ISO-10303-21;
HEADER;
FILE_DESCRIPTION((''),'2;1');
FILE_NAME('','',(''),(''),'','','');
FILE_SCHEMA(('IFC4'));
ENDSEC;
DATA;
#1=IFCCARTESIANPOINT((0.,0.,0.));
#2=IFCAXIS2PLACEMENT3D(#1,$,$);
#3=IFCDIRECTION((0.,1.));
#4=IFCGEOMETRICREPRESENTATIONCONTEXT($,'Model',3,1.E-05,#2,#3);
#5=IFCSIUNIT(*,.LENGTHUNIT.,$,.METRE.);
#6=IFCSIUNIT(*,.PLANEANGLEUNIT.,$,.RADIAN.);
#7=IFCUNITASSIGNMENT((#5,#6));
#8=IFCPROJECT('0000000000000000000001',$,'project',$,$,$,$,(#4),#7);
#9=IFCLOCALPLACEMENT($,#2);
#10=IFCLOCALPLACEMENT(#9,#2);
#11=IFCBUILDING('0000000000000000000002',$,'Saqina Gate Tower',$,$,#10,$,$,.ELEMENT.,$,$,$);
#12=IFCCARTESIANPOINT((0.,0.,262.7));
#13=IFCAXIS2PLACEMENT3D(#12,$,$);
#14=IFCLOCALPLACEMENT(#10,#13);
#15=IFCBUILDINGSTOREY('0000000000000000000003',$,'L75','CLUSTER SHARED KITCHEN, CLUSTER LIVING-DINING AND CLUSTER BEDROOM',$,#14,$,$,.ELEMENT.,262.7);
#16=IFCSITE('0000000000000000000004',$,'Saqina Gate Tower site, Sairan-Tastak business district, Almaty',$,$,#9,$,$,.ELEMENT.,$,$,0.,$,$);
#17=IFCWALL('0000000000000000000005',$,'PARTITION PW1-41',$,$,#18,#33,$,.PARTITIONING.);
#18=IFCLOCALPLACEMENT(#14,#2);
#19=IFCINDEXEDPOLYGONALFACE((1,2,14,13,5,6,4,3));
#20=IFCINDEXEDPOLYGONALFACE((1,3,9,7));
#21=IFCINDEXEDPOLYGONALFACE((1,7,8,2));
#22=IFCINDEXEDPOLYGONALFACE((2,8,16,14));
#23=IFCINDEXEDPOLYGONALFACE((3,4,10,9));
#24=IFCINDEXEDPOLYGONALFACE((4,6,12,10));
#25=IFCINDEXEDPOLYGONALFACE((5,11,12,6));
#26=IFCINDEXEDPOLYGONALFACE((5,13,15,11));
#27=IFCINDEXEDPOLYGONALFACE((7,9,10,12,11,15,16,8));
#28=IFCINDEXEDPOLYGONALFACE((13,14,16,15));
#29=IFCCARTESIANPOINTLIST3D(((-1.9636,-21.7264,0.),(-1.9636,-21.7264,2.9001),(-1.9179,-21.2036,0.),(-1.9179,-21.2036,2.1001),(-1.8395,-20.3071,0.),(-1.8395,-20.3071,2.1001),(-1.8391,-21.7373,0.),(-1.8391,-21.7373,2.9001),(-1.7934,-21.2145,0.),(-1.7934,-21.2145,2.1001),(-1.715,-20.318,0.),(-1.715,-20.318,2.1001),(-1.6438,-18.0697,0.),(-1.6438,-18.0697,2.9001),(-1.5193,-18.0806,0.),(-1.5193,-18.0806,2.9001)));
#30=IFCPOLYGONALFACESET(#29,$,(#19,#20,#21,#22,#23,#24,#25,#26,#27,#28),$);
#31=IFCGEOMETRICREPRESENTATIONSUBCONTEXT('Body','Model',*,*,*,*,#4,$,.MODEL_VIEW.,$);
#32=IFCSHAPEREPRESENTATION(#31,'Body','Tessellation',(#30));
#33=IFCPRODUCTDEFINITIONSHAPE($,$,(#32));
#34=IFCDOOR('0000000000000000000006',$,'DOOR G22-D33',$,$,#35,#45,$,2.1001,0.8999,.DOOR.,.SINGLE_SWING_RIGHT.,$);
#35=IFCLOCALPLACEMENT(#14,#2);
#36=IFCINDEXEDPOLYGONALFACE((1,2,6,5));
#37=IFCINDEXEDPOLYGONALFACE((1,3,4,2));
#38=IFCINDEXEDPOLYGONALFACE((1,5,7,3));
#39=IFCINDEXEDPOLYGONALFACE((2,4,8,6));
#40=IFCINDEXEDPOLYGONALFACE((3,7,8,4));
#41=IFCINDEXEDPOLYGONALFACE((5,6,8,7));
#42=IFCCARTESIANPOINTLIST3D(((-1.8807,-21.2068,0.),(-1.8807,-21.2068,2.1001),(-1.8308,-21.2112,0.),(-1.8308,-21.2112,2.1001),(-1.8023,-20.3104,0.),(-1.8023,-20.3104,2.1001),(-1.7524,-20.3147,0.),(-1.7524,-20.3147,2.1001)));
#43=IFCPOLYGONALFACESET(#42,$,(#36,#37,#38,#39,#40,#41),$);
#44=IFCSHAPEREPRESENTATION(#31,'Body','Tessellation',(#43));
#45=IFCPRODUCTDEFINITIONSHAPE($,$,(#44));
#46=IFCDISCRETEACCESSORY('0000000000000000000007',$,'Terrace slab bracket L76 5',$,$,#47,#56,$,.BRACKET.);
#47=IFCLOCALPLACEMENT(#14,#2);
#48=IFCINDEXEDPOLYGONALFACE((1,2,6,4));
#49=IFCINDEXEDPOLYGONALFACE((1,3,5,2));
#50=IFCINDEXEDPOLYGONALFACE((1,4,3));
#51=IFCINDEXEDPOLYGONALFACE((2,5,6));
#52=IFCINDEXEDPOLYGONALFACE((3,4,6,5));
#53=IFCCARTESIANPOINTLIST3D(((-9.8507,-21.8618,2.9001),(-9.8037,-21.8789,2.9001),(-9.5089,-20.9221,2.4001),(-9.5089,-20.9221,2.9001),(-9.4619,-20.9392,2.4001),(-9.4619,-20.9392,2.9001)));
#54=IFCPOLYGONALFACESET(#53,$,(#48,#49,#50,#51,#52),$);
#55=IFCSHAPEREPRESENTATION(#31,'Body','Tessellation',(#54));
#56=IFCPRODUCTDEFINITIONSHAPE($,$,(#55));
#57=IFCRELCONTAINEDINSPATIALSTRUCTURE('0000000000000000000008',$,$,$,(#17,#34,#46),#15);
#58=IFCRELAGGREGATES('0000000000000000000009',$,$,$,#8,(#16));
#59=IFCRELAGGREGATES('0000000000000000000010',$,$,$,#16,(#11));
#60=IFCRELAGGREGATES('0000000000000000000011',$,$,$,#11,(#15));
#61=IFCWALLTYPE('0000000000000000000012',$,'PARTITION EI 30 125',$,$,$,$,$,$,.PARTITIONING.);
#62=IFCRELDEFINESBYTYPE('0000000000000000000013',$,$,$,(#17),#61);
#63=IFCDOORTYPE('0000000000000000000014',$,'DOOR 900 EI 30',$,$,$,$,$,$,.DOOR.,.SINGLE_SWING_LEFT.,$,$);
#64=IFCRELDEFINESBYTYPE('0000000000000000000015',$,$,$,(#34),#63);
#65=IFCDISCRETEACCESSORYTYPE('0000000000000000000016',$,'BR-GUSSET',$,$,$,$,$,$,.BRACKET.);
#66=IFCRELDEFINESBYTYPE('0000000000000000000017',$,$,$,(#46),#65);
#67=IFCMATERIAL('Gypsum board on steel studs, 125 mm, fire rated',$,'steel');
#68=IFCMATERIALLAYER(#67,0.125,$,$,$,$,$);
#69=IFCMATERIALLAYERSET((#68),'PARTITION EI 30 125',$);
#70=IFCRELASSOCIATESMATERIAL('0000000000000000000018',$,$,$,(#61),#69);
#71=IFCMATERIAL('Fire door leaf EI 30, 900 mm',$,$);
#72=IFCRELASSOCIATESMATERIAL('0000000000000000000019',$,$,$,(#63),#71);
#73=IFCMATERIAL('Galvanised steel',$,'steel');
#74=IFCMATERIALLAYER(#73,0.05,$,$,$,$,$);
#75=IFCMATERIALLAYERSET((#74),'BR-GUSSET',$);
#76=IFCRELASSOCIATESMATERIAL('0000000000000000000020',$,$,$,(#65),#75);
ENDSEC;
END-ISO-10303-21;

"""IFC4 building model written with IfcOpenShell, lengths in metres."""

from ifc_helpers import new_model, si_unit, direction, frame, frame_2d, origin, place, context, subcontext, project, spatial, polyline, rectangle, outline, extrude, material, layer, layer_set, type_object, element, fill, save


model = new_model("IFC4")

# Units and contexts
model_context = context("Model", 3, precision=1e-05, world=origin(), true_north=direction((0.0, 1.0)))
body_context = subcontext(model_context, "Body", "Model", "MODEL_VIEW")
ifc_project = project(units=[si_unit("LENGTHUNIT", "METRE"), si_unit("PLANEANGLEUNIT", "RADIAN")], contexts=[model_context])

# Site, building, storey
site_placement = place(None, origin())
site = spatial("IfcSite", under=ifc_project, at=site_placement, Name="Saqina Gate Tower site, Sairan-Tastak business district, Almaty", CompositionType="ELEMENT", RefElevation=0.0)
building_placement = place(site_placement, origin())
building = spatial("IfcBuilding", under=site, at=building_placement, Name="Saqina Gate Tower", CompositionType="ELEMENT")
storey_placement = place(building_placement, frame((0.0, 0.0, 262.7)))
storey = spatial("IfcBuildingStorey", under=building, at=storey_placement, Name="L75", Description="CLUSTER SHARED KITCHEN, CLUSTER LIVING-DINING AND CLUSTER BEDROOM", CompositionType="ELEMENT", Elevation=262.7)

# Shared definitions
ifc_material_1 = material(Name="Gypsum board on steel studs, 125 mm, fire rated", Category="steel")
ifc_layer_1 = layer(ifc_material_1, 0.125)
ifc_layer_set_1 = layer_set([ifc_layer_1], Name="PARTITION EI 30 125")
wall_type_1 = type_object("IfcWallType", Name="PARTITION EI 30 125", PredefinedType="PARTITIONING", material=ifc_layer_set_1)

# Wall, opening, door
wall_1_placement = place(storey_placement, frame((-1.9014, -21.7319, 0.0), z_axis=(0.0, 0.0, 1.0), x_axis=(0.087129, 0.996197, 0.0)))
wall_1 = element("IfcWall", 1, at=wall_1_placement, inside=storey, type_object=wall_type_1, Name="PARTITION PW1-41", PredefinedType="PARTITIONING", context=body_context, shape_type="SweptSolid", body=[
    extrude(rectangle(XDim=3.6707, YDim=0.125, at=frame_2d((1.8354, 0.0))), origin(), (0.0, 0.0, 1.0), 2.9001),
])
opening_1_placement = place(wall_1_placement, frame((0.5249, 0.0, 0.0)))
opening_1 = element("IfcOpeningElement", 2, at=opening_1_placement, cuts=wall_1, PredefinedType="OPENING", context=body_context, shape_type="SweptSolid", body=[
    extrude(rectangle(XDim=0.8999, YDim=2.1001, at=frame_2d((0.45, 1.05))), frame((0.0, 0.0745, 0.0), z_axis=(0.0, -1.0, 0.0), x_axis=(1.0, 0.0, 0.0)), (0.0, 0.0, 1.0), 0.1489),
])
ifc_material_2 = material(Name="Fire door leaf EI 30, 900 mm")
door_type_1 = type_object("IfcDoorType", Name="DOOR 900 EI 30", OperationType="SINGLE_SWING_LEFT", PredefinedType="DOOR", material=ifc_material_2)
door_1_placement = place(opening_1_placement, frame((0.8999, 0.0, 0.0), z_axis=(0.0, 0.0, 1.0), x_axis=(-1.0, 0.0, 0.0)))
door_1 = element("IfcDoor", 3, at=door_1_placement, inside=storey, type_object=door_type_1, Name="DOOR G22-D33", OperationType="SINGLE_SWING_RIGHT", OverallHeight=2.1001, OverallWidth=0.8999, PredefinedType="DOOR", context=body_context, shape_type="SweptSolid", body=[
    extrude(rectangle(XDim=0.8999, YDim=2.1001, at=frame_2d((0.45, 1.05))), frame((0.0, 0.0249, 0.0), z_axis=(0.0, -1.0, 0.0), x_axis=(1.0, 0.0, 0.0)), (0.0, 0.0, 1.0), 0.05),
])
fill(opening_1, door_1)

# Discrete accessory
ifc_material_3 = material(Name="Galvanised steel", Category="steel")
ifc_layer_2 = layer(ifc_material_3, 0.05)
ifc_layer_set_2 = layer_set([ifc_layer_2], Name="BR-GUSSET")
discrete_accessory_type = type_object("IfcDiscreteAccessoryType", Name="BR-GUSSET", PredefinedType="BRACKET", material=ifc_layer_set_2)
discrete_accessory_placement = place(storey_placement, frame((-9.4619, -20.9392, 2.4001), z_axis=(0.939765, -0.341821, 0.0), x_axis=(0.0, 0.0, 1.0)))
element("IfcDiscreteAccessory", 4, at=discrete_accessory_placement, inside=storey, type_object=discrete_accessory_type, Name="Terrace slab bracket L76 5", PredefinedType="BRACKET", context=body_context, shape_type="SweptSolid", body=[
    extrude(outline(polyline([(0.0, 0.0), (0.5, 0.0), (0.5, 0.9999), (0.0, 0.0)])), origin(), (0.0, 0.0, -1.0), 0.05),
])

save(model, "model.ifc")
